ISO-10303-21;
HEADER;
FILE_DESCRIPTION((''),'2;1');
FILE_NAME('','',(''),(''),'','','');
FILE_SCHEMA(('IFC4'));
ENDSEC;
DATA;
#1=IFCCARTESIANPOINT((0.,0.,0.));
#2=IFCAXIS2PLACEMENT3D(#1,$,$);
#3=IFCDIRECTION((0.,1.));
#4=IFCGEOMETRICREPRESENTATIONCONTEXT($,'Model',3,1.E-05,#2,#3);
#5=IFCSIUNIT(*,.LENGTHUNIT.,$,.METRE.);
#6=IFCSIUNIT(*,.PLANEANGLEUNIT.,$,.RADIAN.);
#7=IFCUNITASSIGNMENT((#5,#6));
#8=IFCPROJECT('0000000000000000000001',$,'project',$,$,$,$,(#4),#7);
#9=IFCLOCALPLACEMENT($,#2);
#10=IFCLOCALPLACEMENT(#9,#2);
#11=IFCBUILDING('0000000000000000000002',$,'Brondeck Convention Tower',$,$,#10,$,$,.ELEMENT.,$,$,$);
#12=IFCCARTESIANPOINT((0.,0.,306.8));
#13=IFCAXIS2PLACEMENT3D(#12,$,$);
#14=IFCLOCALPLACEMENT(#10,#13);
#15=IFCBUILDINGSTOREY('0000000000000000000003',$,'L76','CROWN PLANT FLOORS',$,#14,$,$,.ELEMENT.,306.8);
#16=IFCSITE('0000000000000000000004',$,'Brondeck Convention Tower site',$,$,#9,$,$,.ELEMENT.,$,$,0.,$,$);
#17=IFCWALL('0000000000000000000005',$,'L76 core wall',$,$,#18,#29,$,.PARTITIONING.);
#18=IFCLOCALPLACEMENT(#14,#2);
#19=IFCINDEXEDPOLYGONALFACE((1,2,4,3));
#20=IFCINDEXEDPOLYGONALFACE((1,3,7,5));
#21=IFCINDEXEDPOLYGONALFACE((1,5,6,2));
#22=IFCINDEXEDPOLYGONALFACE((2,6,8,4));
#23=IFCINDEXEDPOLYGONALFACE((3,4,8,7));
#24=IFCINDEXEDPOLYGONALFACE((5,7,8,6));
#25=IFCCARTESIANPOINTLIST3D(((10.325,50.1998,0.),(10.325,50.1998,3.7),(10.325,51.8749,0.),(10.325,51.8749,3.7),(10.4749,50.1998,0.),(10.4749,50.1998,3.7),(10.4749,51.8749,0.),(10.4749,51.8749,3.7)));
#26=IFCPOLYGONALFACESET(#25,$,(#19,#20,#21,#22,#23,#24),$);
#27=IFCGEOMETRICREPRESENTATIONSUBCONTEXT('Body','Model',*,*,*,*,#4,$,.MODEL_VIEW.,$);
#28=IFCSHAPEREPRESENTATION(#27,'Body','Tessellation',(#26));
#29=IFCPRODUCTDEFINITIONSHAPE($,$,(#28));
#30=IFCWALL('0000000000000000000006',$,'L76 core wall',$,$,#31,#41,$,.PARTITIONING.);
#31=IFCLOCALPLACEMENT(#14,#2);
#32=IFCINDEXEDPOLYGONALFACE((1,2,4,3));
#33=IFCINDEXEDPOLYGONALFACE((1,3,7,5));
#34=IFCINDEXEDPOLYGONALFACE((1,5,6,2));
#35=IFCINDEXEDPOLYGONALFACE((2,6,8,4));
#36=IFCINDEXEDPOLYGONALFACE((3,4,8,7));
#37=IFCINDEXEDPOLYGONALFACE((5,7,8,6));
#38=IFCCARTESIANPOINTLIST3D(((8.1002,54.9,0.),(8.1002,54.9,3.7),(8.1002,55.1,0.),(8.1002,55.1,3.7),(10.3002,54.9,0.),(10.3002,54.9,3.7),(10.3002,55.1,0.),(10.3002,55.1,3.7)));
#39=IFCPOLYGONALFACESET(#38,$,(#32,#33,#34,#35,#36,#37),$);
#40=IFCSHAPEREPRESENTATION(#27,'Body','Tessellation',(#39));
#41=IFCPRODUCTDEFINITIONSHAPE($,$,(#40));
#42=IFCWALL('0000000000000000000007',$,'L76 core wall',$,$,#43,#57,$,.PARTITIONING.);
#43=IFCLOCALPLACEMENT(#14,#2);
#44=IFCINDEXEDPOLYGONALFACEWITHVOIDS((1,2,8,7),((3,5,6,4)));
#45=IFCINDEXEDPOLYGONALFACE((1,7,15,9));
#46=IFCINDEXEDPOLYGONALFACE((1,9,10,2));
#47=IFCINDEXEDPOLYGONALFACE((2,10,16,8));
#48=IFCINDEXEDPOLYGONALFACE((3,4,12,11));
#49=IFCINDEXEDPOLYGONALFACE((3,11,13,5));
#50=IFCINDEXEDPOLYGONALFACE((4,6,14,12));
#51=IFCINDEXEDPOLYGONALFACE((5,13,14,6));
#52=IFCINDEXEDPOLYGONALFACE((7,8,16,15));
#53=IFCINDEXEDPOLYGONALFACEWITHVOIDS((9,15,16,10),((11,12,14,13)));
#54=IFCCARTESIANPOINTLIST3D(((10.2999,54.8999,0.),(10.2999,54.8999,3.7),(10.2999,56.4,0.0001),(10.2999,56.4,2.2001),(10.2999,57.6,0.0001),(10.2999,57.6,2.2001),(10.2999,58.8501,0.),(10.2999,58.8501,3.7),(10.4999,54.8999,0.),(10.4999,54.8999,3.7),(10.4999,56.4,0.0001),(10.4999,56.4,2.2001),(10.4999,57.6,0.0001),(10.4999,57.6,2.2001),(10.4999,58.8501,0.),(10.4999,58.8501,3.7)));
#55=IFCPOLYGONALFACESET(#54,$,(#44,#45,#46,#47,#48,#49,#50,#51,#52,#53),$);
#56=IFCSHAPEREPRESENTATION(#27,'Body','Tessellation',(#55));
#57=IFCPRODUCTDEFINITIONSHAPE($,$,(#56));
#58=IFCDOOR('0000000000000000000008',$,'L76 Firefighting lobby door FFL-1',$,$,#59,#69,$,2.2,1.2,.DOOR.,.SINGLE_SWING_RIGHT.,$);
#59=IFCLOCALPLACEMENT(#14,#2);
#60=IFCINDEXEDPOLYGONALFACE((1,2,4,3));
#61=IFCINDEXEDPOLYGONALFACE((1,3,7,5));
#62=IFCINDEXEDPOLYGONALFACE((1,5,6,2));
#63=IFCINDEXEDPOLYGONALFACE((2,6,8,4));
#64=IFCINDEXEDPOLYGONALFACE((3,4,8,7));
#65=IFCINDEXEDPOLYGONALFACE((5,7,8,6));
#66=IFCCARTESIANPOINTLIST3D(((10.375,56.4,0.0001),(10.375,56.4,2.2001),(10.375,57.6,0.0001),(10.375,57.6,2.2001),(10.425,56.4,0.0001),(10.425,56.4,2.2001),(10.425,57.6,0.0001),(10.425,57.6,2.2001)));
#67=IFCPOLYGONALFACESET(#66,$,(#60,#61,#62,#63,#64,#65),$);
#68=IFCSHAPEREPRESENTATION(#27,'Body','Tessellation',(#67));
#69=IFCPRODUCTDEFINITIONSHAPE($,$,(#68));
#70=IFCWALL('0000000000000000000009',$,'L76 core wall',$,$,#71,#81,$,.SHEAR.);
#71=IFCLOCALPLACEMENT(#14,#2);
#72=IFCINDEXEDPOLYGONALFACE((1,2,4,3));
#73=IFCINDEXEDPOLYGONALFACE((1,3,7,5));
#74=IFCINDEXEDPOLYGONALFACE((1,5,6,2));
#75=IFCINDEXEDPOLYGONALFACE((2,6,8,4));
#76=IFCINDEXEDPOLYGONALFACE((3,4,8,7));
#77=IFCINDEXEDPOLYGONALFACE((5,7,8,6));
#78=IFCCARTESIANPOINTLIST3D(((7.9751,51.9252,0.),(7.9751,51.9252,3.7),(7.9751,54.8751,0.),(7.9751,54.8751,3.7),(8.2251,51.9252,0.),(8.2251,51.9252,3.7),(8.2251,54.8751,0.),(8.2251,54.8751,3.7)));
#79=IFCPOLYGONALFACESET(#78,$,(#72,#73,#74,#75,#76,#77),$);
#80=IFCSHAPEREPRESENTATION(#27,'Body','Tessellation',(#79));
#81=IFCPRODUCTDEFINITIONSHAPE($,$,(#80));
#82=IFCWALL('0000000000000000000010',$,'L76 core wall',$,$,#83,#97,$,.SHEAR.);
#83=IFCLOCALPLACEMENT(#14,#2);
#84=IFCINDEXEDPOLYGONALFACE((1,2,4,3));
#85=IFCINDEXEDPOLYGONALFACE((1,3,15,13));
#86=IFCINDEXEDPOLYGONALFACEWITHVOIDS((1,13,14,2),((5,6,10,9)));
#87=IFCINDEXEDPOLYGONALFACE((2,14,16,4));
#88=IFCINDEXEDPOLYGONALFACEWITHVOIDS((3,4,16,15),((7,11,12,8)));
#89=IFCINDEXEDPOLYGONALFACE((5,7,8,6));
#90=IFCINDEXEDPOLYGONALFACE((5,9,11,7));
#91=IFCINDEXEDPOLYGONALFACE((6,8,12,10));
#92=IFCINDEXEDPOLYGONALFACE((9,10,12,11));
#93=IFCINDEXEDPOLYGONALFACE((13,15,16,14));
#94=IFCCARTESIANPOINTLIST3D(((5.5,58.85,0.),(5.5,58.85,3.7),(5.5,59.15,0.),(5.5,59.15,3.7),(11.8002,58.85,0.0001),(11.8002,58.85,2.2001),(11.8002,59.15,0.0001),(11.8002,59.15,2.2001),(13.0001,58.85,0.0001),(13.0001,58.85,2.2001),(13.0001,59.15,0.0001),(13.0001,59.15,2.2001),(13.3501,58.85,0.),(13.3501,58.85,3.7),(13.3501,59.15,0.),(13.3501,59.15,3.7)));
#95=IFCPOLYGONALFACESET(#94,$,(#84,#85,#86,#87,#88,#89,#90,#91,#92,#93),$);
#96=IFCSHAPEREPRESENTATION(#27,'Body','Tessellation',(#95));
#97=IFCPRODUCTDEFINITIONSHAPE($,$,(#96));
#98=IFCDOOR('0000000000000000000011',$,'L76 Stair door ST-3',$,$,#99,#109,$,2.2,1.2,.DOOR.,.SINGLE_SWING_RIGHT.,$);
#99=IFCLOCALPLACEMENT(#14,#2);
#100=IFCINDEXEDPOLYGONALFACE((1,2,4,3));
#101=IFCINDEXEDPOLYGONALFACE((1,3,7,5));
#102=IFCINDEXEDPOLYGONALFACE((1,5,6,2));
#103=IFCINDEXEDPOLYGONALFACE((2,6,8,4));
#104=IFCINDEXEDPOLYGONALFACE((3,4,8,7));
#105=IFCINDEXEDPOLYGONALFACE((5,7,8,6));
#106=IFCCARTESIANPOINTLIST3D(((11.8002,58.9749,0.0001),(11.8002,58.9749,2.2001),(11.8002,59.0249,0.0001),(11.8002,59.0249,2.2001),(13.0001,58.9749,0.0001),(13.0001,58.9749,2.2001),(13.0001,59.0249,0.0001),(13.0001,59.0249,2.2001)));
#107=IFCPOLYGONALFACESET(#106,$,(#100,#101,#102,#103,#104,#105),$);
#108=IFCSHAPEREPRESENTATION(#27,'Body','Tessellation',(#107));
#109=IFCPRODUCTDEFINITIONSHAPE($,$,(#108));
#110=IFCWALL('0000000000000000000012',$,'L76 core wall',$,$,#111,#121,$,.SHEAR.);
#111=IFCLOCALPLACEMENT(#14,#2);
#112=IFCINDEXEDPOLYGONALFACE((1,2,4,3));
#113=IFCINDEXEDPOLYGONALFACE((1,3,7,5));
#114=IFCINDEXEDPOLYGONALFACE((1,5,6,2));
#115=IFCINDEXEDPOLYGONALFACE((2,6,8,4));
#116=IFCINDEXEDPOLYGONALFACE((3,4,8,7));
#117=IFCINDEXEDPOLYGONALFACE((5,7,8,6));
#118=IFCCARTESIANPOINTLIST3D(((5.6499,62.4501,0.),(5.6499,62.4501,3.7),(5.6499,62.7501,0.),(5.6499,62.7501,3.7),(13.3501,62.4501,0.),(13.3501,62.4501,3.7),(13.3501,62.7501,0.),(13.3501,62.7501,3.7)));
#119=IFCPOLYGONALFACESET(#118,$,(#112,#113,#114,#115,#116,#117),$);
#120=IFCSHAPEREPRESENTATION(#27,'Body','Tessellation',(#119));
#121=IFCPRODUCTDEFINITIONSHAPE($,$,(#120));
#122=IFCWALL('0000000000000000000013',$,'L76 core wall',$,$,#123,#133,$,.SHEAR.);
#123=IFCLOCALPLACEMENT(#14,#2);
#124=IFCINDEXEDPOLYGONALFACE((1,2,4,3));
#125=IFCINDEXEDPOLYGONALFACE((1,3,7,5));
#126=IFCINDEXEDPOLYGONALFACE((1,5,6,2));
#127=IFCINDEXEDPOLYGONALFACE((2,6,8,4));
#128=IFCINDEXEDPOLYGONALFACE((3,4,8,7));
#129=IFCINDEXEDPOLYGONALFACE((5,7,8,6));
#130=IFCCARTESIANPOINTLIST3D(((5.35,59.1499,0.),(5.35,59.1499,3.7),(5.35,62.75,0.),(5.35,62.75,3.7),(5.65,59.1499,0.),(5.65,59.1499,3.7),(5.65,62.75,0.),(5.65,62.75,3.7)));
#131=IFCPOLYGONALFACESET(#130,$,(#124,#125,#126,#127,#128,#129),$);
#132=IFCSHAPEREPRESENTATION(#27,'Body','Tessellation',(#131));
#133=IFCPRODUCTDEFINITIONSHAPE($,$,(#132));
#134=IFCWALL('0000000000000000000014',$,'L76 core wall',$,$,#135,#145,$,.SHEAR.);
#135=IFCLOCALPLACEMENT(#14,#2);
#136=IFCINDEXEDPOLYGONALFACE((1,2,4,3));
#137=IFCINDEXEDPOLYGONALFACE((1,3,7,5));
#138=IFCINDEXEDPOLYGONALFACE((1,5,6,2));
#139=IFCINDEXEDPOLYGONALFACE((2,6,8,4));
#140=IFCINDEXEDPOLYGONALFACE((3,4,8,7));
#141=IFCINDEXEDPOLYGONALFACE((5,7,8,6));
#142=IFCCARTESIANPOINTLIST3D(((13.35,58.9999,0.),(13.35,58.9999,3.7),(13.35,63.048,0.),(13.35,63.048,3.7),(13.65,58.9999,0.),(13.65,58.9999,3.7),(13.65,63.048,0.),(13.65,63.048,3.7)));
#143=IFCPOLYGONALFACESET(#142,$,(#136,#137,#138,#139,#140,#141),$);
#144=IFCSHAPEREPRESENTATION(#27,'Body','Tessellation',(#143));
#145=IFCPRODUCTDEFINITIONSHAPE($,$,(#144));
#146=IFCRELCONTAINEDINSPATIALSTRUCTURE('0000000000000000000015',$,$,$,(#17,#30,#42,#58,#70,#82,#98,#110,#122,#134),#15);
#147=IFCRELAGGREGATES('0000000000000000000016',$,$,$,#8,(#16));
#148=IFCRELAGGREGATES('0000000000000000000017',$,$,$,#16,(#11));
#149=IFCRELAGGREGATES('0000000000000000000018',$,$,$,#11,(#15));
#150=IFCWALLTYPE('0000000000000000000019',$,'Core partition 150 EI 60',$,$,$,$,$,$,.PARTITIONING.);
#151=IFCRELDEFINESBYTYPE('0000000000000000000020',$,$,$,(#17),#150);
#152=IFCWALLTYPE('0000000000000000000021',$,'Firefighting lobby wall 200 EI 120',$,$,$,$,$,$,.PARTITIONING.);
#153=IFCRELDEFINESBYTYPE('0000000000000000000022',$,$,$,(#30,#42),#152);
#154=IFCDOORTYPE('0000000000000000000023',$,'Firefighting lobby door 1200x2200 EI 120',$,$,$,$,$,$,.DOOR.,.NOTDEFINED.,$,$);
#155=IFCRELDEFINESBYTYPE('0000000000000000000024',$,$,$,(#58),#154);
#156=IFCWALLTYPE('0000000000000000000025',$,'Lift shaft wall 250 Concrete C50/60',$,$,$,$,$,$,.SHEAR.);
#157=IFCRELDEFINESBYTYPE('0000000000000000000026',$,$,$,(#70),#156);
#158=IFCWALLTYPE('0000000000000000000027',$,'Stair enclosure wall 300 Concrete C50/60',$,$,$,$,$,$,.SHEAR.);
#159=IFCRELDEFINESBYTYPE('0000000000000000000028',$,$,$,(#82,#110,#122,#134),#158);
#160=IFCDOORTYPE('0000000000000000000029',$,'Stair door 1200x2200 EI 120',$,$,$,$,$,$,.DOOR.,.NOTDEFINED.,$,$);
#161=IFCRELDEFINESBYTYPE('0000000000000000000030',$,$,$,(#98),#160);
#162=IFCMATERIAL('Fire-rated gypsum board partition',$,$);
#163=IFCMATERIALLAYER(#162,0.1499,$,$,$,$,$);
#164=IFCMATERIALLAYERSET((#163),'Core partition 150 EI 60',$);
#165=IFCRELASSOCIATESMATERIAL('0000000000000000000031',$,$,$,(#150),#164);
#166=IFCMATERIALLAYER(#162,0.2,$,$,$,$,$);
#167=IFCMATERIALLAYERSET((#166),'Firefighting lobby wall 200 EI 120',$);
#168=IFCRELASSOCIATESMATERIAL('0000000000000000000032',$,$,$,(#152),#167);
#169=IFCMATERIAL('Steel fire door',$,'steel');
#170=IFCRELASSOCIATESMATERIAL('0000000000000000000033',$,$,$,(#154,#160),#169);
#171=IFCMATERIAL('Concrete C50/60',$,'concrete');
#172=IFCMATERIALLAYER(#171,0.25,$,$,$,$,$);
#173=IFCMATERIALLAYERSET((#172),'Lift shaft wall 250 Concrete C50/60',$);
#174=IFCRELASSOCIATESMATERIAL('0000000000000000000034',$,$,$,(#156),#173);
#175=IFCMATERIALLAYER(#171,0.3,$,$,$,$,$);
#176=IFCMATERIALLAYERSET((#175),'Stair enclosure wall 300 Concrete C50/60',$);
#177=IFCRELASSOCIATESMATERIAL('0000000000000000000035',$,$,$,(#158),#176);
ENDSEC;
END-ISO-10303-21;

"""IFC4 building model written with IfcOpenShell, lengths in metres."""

from ifc_helpers import new_model, si_unit, direction, frame, frame_2d, origin, place, context, subcontext, project, spatial, rectangle, extrude, material, layer, layer_set, type_object, element, fill, save


model = new_model("IFC4")

# Units and contexts
model_context = context("Model", 3, precision=1e-05, world=origin(), true_north=direction((0.0, 1.0)))
body_context = subcontext(model_context, "Body", "Model", "MODEL_VIEW")
ifc_project = project(units=[si_unit("LENGTHUNIT", "METRE"), si_unit("PLANEANGLEUNIT", "RADIAN")], contexts=[model_context])

# Site, building, storey
site_placement = place(None, origin())
site = spatial("IfcSite", under=ifc_project, at=site_placement, Name="Brondeck Convention Tower site", CompositionType="ELEMENT", RefElevation=0.0)
building_placement = place(site_placement, origin())
building = spatial("IfcBuilding", under=site, at=building_placement, Name="Brondeck Convention Tower", CompositionType="ELEMENT")
storey_placement = place(building_placement, frame((0.0, 0.0, 306.8)))
storey = spatial("IfcBuildingStorey", under=building, at=storey_placement, Name="L76", Description="CROWN PLANT FLOORS", CompositionType="ELEMENT", Elevation=306.8)

# Shared definitions
ifc_material_1 = material(Name="Concrete C50/60", Category="concrete")

# Walls
ifc_material_2 = material(Name="Fire-rated gypsum board partition")
ifc_layer_1 = layer(ifc_material_2, 0.1499)
ifc_layer_set_1 = layer_set([ifc_layer_1], Name="Core partition 150 EI 60")
wall_type_1 = type_object("IfcWallType", Name="Core partition 150 EI 60", PredefinedType="PARTITIONING", material=ifc_layer_set_1)
wall_1_placement = place(storey_placement, frame((10.3999, 50.2, 0.0), z_axis=(0.0, 0.0, 1.0), x_axis=(0.0, 1.0, 0.0)))
element("IfcWall", 1, at=wall_1_placement, inside=storey, type_object=wall_type_1, Name="L76 core wall", PredefinedType="PARTITIONING", context=body_context, shape_type="SweptSolid", body=[
    extrude(rectangle(XDim=1.675, YDim=0.1499, at=frame_2d((0.8374, 0.0))), origin(), (0.0, 0.0, 1.0), 3.7),
])
ifc_layer_2 = layer(ifc_material_2, 0.2)
ifc_layer_set_2 = layer_set([ifc_layer_2], Name="Firefighting lobby wall 200 EI 120")
wall_type_2 = type_object("IfcWallType", Name="Firefighting lobby wall 200 EI 120", PredefinedType="PARTITIONING", material=ifc_layer_set_2)
wall_2_placement = place(storey_placement, frame((8.1001, 55.0, 0.0), z_axis=(0.0, 0.0, 1.0), x_axis=(1.0, 0.0, 0.0)))
element("IfcWall", 2, at=wall_2_placement, inside=storey, type_object=wall_type_2, Name="L76 core wall", PredefinedType="PARTITIONING", context=body_context, shape_type="SweptSolid", body=[
    extrude(rectangle(XDim=2.2, YDim=0.2, at=frame_2d((1.1001, 0.0))), origin(), (0.0, 0.0, 1.0), 3.7),
])

# Wall, opening, door
wall_3_placement = place(storey_placement, frame((10.3999, 54.8999, 0.0), z_axis=(0.0, 0.0, 1.0), x_axis=(0.0, 1.0, 0.0)))
wall_3 = element("IfcWall", 3, at=wall_3_placement, inside=storey, type_object=wall_type_2, Name="L76 core wall", PredefinedType="PARTITIONING", context=body_context, shape_type="SweptSolid", body=[
    extrude(rectangle(XDim=3.9502, YDim=0.2, at=frame_2d((1.9751, 0.0))), origin(), (0.0, 0.0, 1.0), 3.7),
])
opening_1_placement = place(wall_3_placement, frame((1.5, 0.0, 0.0)))
opening_1 = element("IfcOpeningElement", 4, at=opening_1_placement, cuts=wall_3, PredefinedType="OPENING", context=body_context, shape_type="SweptSolid", body=[
    extrude(rectangle(XDim=1.2, YDim=2.2, at=frame_2d((0.6001, 1.1001))), frame((0.0, 0.1099, 0.0), z_axis=(0.0, -1.0, 0.0), x_axis=(1.0, 0.0, 0.0)), (0.0, 0.0, 1.0), 0.22),
])
ifc_material_3 = material(Name="Steel fire door", Category="steel")
door_type_1 = type_object("IfcDoorType", Name="Firefighting lobby door 1200x2200 EI 120", OperationType="NOTDEFINED", PredefinedType="DOOR", material=ifc_material_3)
door_1_placement = place(opening_1_placement, origin())
door_1 = element("IfcDoor", 5, at=door_1_placement, inside=storey, type_object=door_type_1, Name="L76 Firefighting lobby door FFL-1", OperationType="SINGLE_SWING_RIGHT", OverallHeight=2.2, OverallWidth=1.2, PredefinedType="DOOR", context=body_context, shape_type="SweptSolid", body=[
    extrude(rectangle(XDim=1.2, YDim=2.2, at=frame_2d((0.6001, 1.1001))), frame((0.0, 0.0249, 0.0), z_axis=(0.0, -1.0, 0.0), x_axis=(1.0, 0.0, 0.0)), (0.0, 0.0, 1.0), 0.05),
])
fill(opening_1, door_1)

# Wall
ifc_layer_3 = layer(ifc_material_1, 0.25)
ifc_layer_set_3 = layer_set([ifc_layer_3], Name="Lift shaft wall 250 Concrete C50/60")
wall_type_3 = type_object("IfcWallType", Name="Lift shaft wall 250 Concrete C50/60", PredefinedType="SHEAR", material=ifc_layer_set_3)
wall_4_placement = place(storey_placement, frame((8.1001, 51.925, 0.0), z_axis=(0.0, 0.0, 1.0), x_axis=(0.0, 1.0, 0.0)))
element("IfcWall", 6, at=wall_4_placement, inside=storey, type_object=wall_type_3, Name="L76 core wall", PredefinedType="SHEAR", context=body_context, shape_type="SweptSolid", body=[
    extrude(rectangle(XDim=2.95, YDim=0.25, at=frame_2d((1.4751, 0.0))), origin(), (0.0, 0.0, 1.0), 3.7),
])

# Wall, opening, door
ifc_layer_4 = layer(ifc_material_1, 0.3)
ifc_layer_set_4 = layer_set([ifc_layer_4], Name="Stair enclosure wall 300 Concrete C50/60")
wall_type_4 = type_object("IfcWallType", Name="Stair enclosure wall 300 Concrete C50/60", PredefinedType="SHEAR", material=ifc_layer_set_4)
wall_5_placement = place(storey_placement, frame((5.5, 59.0, 0.0), z_axis=(0.0, 0.0, 1.0), x_axis=(1.0, 0.0, 0.0)))
wall_5 = element("IfcWall", 7, at=wall_5_placement, inside=storey, type_object=wall_type_4, Name="L76 core wall", PredefinedType="SHEAR", context=body_context, shape_type="SweptSolid", body=[
    extrude(rectangle(XDim=7.8501, YDim=0.3, at=frame_2d((3.925, 0.0))), origin(), (0.0, 0.0, 1.0), 3.7),
])
opening_2_placement = place(wall_5_placement, frame((6.3, 0.0, 0.0)))
opening_2 = element("IfcOpeningElement", 8, at=opening_2_placement, cuts=wall_5, PredefinedType="OPENING", context=body_context, shape_type="SweptSolid", body=[
    extrude(rectangle(XDim=1.2, YDim=2.2, at=frame_2d((0.6001, 1.1001))), frame((0.0, 0.1599, 0.0), z_axis=(0.0, -1.0, 0.0), x_axis=(1.0, 0.0, 0.0)), (0.0, 0.0, 1.0), 0.3201),
])
door_type_2 = type_object("IfcDoorType", Name="Stair door 1200x2200 EI 120", OperationType="NOTDEFINED", PredefinedType="DOOR", material=ifc_material_3)
door_2_placement = place(opening_2_placement, origin())
door_2 = element("IfcDoor", 9, at=door_2_placement, inside=storey, type_object=door_type_2, Name="L76 Stair door ST-3", OperationType="SINGLE_SWING_RIGHT", OverallHeight=2.2, OverallWidth=1.2, PredefinedType="DOOR", context=body_context, shape_type="SweptSolid", body=[
    extrude(rectangle(XDim=1.2, YDim=2.2, at=frame_2d((0.6001, 1.1001))), frame((0.0, 0.0249, 0.0), z_axis=(0.0, -1.0, 0.0), x_axis=(1.0, 0.0, 0.0)), (0.0, 0.0, 1.0), 0.05),
])
fill(opening_2, door_2)

# Walls
wall_6_placement = place(storey_placement, frame((5.6499, 62.6001, 0.0), z_axis=(0.0, 0.0, 1.0), x_axis=(1.0, 0.0, 0.0)))
element("IfcWall", 10, at=wall_6_placement, inside=storey, type_object=wall_type_4, Name="L76 core wall", PredefinedType="SHEAR", context=body_context, shape_type="SweptSolid", body=[
    extrude(rectangle(XDim=7.7002, YDim=0.3, at=frame_2d((3.8501, 0.0))), origin(), (0.0, 0.0, 1.0), 3.7),
])
wall_7_placement = place(storey_placement, frame((5.5, 59.1499, 0.0), z_axis=(0.0, 0.0, 1.0), x_axis=(0.0, 1.0, 0.0)))
element("IfcWall", 11, at=wall_7_placement, inside=storey, type_object=wall_type_4, Name="L76 core wall", PredefinedType="SHEAR", context=body_context, shape_type="SweptSolid", body=[
    extrude(rectangle(XDim=3.6001, YDim=0.3, at=frame_2d((1.8, 0.0))), origin(), (0.0, 0.0, 1.0), 3.7),
])
wall_8_placement = place(storey_placement, frame((13.5, 59.0, 0.0), z_axis=(0.0, 0.0, 1.0), x_axis=(0.0, 1.0, 0.0)))
element("IfcWall", 12, at=wall_8_placement, inside=storey, type_object=wall_type_4, Name="L76 core wall", PredefinedType="SHEAR", context=body_context, shape_type="SweptSolid", body=[
    extrude(rectangle(XDim=4.0481, YDim=0.3, at=frame_2d((2.0239, 0.0))), origin(), (0.0, 0.0, 1.0), 3.7),
])

save(model, "model.ifc")
